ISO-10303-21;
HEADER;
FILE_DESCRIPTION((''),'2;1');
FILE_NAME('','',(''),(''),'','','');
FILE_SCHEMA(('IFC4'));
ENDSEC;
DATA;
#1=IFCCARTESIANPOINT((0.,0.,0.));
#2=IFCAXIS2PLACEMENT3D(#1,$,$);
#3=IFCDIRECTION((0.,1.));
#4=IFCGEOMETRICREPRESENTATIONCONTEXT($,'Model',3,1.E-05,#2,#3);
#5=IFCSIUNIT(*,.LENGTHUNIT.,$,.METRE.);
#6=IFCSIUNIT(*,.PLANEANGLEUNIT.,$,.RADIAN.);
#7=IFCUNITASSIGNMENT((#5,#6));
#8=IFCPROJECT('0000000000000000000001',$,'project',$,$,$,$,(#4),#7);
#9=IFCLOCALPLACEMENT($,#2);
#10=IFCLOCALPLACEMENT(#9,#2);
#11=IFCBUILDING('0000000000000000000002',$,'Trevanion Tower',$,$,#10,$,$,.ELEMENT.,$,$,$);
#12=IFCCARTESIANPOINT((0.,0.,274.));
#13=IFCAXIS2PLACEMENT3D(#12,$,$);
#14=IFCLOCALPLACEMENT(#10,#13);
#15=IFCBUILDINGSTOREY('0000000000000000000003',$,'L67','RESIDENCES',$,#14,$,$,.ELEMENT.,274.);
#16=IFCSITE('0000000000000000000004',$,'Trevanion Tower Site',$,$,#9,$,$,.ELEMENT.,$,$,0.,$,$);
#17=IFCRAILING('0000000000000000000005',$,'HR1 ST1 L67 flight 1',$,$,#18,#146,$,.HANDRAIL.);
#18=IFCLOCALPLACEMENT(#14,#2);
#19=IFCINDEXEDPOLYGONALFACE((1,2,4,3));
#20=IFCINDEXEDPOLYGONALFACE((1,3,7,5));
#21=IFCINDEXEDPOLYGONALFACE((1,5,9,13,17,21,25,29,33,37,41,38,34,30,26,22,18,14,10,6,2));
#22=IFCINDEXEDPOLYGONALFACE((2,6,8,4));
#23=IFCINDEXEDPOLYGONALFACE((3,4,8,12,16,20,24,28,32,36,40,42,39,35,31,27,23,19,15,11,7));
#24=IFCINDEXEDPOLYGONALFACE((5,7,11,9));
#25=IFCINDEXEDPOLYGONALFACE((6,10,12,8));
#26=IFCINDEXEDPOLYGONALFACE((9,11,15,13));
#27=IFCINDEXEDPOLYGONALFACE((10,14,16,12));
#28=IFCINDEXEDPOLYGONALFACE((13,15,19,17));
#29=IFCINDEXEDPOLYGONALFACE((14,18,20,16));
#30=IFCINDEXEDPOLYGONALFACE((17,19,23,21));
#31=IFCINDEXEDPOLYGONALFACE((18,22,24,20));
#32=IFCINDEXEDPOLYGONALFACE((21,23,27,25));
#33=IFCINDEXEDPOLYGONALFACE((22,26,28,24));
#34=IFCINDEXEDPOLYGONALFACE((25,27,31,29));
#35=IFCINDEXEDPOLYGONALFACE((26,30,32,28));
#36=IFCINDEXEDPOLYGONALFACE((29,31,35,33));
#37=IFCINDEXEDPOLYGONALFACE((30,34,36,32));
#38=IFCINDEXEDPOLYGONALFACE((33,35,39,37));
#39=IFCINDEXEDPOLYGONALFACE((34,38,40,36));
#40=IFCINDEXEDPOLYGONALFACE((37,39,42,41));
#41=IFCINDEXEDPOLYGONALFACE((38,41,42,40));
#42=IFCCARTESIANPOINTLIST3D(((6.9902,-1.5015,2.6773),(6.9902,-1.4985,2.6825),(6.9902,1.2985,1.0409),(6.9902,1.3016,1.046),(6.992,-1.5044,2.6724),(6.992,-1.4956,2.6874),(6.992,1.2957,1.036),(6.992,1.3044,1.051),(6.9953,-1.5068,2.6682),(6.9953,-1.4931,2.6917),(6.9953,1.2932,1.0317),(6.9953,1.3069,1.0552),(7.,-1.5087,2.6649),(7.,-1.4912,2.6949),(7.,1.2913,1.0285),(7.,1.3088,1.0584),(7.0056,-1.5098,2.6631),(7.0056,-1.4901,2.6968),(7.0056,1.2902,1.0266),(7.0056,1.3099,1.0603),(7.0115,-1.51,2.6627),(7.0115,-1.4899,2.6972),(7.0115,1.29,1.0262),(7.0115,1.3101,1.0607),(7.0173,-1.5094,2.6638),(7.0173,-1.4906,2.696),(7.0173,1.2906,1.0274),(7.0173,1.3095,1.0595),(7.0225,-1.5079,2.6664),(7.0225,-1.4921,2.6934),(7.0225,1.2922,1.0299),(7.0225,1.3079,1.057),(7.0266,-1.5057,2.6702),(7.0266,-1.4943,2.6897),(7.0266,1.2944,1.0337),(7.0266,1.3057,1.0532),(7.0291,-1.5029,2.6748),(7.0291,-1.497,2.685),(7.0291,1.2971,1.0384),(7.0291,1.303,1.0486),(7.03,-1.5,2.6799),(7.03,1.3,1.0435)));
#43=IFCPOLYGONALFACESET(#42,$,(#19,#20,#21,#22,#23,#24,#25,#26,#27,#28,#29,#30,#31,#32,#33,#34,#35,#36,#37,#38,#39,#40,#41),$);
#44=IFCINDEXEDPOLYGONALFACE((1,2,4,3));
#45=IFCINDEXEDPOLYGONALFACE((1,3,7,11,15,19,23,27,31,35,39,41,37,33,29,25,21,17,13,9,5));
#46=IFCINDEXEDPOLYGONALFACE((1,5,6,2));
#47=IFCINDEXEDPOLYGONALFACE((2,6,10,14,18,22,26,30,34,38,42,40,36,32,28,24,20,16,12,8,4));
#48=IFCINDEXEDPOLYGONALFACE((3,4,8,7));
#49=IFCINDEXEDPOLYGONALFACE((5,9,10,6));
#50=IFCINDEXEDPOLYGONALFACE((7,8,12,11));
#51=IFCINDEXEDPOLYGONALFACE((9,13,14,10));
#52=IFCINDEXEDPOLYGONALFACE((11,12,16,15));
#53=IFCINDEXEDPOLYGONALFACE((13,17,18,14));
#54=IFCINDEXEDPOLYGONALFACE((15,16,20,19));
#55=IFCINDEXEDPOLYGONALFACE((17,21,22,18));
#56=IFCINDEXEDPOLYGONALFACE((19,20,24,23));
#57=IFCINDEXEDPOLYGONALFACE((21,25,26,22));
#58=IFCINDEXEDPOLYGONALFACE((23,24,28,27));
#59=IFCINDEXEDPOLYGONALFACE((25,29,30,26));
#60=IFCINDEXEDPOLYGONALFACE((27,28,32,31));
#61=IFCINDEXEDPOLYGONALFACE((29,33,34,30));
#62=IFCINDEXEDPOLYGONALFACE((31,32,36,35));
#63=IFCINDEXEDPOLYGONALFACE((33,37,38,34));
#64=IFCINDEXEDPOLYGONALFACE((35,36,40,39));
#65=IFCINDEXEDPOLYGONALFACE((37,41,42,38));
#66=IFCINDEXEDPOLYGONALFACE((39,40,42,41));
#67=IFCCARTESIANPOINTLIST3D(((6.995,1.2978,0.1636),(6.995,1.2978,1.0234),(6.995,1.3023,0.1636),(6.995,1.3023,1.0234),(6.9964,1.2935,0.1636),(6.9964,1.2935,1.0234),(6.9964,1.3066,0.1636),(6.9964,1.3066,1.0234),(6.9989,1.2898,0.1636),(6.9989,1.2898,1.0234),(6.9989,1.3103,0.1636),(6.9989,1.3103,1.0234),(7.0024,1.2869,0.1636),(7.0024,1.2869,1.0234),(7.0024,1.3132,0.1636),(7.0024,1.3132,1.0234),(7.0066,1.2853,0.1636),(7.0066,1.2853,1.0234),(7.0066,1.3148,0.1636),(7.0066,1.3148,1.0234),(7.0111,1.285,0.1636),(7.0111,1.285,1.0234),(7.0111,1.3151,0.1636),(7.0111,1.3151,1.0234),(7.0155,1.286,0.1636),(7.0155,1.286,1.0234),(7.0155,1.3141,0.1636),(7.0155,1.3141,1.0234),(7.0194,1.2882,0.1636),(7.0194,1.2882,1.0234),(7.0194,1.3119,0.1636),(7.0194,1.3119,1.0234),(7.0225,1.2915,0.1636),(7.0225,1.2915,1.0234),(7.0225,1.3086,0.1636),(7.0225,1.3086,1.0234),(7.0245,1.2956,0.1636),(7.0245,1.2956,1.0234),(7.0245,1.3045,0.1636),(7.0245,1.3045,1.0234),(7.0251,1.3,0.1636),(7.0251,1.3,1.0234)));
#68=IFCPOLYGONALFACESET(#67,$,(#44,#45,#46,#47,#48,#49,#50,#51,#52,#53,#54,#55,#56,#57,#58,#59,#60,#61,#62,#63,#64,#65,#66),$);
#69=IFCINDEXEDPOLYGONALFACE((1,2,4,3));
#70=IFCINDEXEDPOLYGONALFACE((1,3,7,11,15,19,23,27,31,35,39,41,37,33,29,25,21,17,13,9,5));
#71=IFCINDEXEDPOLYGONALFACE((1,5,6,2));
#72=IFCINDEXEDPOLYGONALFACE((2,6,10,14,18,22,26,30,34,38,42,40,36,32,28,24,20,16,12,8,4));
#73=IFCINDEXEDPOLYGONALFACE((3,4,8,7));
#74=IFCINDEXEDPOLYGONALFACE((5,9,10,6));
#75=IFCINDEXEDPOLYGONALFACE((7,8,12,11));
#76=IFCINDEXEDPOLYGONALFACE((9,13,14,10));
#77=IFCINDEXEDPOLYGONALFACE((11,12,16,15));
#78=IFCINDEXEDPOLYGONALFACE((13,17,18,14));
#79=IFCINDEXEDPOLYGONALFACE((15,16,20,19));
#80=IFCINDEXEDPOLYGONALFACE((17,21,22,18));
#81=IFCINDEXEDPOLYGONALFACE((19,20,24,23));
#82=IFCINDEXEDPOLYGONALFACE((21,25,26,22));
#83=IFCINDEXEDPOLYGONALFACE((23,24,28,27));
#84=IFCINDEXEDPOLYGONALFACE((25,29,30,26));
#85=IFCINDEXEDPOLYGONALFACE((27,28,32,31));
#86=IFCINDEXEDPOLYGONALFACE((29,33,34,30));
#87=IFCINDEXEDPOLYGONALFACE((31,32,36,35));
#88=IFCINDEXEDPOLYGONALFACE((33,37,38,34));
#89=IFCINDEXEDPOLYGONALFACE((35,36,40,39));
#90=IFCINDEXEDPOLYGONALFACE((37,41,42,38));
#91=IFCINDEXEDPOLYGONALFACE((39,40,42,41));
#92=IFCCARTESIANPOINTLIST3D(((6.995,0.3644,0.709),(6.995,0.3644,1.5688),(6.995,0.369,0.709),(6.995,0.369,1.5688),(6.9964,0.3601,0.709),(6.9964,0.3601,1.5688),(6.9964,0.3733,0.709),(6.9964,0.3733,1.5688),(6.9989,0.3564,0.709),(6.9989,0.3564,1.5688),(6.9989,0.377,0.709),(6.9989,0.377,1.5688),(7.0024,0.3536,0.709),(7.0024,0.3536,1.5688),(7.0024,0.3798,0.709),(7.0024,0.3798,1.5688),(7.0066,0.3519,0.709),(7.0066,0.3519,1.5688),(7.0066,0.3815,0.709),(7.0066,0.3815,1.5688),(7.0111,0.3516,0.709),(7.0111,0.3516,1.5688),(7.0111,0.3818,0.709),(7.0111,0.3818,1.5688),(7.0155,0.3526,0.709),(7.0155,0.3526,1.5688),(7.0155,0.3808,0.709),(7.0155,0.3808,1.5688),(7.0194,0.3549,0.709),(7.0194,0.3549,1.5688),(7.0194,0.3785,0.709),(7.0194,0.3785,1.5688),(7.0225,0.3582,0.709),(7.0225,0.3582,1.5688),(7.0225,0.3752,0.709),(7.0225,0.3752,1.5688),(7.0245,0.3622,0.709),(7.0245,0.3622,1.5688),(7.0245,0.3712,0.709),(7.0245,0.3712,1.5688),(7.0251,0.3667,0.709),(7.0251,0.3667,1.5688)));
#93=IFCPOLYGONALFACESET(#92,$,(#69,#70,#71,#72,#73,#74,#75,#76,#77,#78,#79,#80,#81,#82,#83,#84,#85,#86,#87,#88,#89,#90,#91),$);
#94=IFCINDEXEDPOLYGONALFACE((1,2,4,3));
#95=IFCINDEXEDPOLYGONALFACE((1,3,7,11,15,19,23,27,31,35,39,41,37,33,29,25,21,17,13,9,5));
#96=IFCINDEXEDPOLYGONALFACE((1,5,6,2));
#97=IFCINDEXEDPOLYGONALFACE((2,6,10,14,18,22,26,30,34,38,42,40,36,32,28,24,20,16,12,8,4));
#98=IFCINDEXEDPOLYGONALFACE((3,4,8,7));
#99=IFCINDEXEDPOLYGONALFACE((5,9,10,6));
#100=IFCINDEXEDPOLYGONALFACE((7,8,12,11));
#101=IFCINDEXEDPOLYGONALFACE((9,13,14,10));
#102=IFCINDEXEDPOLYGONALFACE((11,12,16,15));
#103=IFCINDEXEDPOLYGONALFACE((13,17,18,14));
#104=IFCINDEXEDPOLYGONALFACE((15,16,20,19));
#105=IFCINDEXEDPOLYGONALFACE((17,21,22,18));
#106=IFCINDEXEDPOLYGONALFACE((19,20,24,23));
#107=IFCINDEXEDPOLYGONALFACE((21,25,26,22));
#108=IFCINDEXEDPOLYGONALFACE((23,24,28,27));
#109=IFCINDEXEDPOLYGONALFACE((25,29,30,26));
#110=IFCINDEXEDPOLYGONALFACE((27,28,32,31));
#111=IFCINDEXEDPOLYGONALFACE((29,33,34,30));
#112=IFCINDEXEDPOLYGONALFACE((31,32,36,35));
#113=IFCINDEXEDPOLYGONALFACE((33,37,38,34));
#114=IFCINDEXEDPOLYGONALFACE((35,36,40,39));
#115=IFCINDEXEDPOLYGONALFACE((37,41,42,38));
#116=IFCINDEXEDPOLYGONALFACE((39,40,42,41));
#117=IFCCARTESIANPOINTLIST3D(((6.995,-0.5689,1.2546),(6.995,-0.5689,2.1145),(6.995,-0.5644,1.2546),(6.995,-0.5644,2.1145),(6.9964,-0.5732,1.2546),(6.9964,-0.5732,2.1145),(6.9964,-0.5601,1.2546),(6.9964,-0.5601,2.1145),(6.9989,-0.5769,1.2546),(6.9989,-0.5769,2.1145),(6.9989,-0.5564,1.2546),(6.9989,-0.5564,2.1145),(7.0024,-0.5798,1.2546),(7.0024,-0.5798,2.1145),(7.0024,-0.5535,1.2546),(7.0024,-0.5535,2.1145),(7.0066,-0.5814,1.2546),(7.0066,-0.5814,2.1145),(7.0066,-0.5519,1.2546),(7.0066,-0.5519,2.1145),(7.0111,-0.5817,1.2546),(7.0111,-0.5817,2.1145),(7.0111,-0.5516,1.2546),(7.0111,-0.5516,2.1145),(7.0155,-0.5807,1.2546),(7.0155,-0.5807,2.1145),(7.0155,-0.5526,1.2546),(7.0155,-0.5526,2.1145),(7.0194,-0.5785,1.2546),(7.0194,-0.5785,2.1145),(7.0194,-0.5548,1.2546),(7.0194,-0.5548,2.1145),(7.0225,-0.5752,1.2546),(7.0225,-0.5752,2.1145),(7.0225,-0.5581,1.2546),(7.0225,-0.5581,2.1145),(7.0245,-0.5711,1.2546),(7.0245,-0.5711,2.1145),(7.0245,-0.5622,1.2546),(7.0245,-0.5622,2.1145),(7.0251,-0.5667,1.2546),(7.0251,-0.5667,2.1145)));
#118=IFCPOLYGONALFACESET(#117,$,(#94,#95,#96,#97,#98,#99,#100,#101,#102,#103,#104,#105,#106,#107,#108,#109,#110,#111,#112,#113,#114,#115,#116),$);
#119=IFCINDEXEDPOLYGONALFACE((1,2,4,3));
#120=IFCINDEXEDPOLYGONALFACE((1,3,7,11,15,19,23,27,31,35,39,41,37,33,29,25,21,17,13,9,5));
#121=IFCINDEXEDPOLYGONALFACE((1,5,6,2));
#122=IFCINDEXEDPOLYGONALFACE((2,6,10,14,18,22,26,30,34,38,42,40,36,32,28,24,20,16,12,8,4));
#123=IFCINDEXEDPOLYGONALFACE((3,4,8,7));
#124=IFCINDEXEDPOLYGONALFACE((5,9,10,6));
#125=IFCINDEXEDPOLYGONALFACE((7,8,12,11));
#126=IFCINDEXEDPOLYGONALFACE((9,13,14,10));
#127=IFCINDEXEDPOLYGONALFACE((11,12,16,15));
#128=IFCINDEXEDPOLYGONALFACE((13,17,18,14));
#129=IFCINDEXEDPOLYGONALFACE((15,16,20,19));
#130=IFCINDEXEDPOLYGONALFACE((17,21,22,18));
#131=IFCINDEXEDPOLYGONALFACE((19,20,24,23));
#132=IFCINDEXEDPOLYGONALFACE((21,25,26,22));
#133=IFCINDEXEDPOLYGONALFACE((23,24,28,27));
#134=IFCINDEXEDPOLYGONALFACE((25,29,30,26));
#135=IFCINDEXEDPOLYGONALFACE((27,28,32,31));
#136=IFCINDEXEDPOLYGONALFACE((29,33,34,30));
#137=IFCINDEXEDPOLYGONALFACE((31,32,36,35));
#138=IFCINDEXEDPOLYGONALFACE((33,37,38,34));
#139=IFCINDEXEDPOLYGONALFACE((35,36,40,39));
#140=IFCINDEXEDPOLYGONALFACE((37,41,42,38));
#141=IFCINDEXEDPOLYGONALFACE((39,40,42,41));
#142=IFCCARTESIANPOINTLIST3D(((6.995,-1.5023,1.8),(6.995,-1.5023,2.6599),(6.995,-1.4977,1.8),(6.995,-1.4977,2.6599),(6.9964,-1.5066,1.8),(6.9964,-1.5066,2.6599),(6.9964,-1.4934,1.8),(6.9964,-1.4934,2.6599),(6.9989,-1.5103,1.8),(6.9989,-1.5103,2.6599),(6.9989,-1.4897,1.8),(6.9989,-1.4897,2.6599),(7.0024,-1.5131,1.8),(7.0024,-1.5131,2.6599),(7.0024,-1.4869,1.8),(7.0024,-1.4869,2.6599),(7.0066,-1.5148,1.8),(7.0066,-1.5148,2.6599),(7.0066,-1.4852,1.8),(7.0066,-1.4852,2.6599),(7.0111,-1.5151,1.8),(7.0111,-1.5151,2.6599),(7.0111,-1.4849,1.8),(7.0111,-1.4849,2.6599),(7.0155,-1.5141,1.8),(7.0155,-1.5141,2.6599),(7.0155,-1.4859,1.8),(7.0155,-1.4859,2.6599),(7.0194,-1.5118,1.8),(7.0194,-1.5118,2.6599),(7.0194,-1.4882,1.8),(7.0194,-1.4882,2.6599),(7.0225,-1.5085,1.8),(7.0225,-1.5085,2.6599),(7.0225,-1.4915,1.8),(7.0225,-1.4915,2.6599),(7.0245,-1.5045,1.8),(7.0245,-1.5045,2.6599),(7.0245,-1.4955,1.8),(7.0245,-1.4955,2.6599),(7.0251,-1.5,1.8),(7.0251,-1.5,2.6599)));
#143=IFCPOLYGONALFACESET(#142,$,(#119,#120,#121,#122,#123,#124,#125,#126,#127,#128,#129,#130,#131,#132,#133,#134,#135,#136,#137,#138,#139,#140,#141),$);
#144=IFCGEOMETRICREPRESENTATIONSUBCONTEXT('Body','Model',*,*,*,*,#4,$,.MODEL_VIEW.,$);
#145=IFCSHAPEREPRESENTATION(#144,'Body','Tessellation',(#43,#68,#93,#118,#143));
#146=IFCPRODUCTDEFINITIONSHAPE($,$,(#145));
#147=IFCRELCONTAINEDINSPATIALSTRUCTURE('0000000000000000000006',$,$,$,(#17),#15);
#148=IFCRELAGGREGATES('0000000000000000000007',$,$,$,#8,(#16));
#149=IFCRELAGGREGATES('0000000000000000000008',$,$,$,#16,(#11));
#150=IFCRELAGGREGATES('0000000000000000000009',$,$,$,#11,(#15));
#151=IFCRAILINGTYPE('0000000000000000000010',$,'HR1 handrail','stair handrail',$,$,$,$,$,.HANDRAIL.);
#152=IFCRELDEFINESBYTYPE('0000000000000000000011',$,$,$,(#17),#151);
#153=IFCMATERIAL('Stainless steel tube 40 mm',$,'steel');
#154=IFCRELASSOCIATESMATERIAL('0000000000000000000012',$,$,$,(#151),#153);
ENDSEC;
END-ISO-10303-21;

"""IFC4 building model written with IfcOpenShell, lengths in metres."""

from ifc_helpers import new_model, si_unit, direction, frame, origin, origin_2d, place, context, subcontext, project, spatial, circle, extrude, material, type_object, element, save


model = new_model("IFC4")

# Units and contexts
model_context = context("Model", 3, precision=1e-05, world=origin(), true_north=direction((0.0, 1.0)))
body_context = subcontext(model_context, "Body", "Model", "MODEL_VIEW")
ifc_project = project(units=[si_unit("LENGTHUNIT", "METRE"), si_unit("PLANEANGLEUNIT", "RADIAN")], contexts=[model_context])

# Site, building, storey
site_placement = place(None, origin())
site = spatial("IfcSite", under=ifc_project, at=site_placement, Name="Trevanion Tower Site", CompositionType="ELEMENT", RefElevation=0.0)
building_placement = place(site_placement, origin())
building = spatial("IfcBuilding", under=site, at=building_placement, Name="Trevanion Tower", CompositionType="ELEMENT")
storey_placement = place(building_placement, frame((0.0, 0.0, 274.0)))
storey = spatial("IfcBuildingStorey", under=building, at=storey_placement, Name="L67", Description="RESIDENCES", CompositionType="ELEMENT", Elevation=274.0)

# Railing
ifc_material_1 = material(Name="Stainless steel tube 40 mm", Category="steel")
railing_type = type_object("IfcRailingType", Name="HR1 handrail", Description="stair handrail", PredefinedType="HANDRAIL", material=ifc_material_1)
for number, where, name in (
    (1, (7.01, 1.3, 0.1636), "HR1 ST1 L67 flight 1"),
):
    element("IfcRailing", number, at=place(storey_placement, frame(where)), inside=storey, type_object=railing_type, Name=name, PredefinedType="HANDRAIL", context=body_context, shape_type="SweptSolid", body=[
        extrude(circle(Radius=0.02, at=origin_2d()), frame((0.0, 0.0, 0.8799), z_axis=(0.0, -0.863361, 0.504587), x_axis=(1.0, 0.0, 0.0)), (0.0, 0.0, 1.0), 3.2432),
        extrude(circle(Radius=0.0151, at=origin_2d()), origin(), (0.0, 0.0, 1.0), 0.8599),
        extrude(circle(Radius=0.0151, at=origin_2d()), frame((0.0, -0.9333, 0.5454)), (0.0, 0.0, 1.0), 0.8599),
        extrude(circle(Radius=0.0151, at=origin_2d()), frame((0.0, -1.8667, 1.0911)), (0.0, 0.0, 1.0), 0.8599),
        extrude(circle(Radius=0.0151, at=origin_2d()), frame((0.0, -2.8, 1.6365)), (0.0, 0.0, 1.0), 0.8599),
    ])

save(model, "model.ifc")
